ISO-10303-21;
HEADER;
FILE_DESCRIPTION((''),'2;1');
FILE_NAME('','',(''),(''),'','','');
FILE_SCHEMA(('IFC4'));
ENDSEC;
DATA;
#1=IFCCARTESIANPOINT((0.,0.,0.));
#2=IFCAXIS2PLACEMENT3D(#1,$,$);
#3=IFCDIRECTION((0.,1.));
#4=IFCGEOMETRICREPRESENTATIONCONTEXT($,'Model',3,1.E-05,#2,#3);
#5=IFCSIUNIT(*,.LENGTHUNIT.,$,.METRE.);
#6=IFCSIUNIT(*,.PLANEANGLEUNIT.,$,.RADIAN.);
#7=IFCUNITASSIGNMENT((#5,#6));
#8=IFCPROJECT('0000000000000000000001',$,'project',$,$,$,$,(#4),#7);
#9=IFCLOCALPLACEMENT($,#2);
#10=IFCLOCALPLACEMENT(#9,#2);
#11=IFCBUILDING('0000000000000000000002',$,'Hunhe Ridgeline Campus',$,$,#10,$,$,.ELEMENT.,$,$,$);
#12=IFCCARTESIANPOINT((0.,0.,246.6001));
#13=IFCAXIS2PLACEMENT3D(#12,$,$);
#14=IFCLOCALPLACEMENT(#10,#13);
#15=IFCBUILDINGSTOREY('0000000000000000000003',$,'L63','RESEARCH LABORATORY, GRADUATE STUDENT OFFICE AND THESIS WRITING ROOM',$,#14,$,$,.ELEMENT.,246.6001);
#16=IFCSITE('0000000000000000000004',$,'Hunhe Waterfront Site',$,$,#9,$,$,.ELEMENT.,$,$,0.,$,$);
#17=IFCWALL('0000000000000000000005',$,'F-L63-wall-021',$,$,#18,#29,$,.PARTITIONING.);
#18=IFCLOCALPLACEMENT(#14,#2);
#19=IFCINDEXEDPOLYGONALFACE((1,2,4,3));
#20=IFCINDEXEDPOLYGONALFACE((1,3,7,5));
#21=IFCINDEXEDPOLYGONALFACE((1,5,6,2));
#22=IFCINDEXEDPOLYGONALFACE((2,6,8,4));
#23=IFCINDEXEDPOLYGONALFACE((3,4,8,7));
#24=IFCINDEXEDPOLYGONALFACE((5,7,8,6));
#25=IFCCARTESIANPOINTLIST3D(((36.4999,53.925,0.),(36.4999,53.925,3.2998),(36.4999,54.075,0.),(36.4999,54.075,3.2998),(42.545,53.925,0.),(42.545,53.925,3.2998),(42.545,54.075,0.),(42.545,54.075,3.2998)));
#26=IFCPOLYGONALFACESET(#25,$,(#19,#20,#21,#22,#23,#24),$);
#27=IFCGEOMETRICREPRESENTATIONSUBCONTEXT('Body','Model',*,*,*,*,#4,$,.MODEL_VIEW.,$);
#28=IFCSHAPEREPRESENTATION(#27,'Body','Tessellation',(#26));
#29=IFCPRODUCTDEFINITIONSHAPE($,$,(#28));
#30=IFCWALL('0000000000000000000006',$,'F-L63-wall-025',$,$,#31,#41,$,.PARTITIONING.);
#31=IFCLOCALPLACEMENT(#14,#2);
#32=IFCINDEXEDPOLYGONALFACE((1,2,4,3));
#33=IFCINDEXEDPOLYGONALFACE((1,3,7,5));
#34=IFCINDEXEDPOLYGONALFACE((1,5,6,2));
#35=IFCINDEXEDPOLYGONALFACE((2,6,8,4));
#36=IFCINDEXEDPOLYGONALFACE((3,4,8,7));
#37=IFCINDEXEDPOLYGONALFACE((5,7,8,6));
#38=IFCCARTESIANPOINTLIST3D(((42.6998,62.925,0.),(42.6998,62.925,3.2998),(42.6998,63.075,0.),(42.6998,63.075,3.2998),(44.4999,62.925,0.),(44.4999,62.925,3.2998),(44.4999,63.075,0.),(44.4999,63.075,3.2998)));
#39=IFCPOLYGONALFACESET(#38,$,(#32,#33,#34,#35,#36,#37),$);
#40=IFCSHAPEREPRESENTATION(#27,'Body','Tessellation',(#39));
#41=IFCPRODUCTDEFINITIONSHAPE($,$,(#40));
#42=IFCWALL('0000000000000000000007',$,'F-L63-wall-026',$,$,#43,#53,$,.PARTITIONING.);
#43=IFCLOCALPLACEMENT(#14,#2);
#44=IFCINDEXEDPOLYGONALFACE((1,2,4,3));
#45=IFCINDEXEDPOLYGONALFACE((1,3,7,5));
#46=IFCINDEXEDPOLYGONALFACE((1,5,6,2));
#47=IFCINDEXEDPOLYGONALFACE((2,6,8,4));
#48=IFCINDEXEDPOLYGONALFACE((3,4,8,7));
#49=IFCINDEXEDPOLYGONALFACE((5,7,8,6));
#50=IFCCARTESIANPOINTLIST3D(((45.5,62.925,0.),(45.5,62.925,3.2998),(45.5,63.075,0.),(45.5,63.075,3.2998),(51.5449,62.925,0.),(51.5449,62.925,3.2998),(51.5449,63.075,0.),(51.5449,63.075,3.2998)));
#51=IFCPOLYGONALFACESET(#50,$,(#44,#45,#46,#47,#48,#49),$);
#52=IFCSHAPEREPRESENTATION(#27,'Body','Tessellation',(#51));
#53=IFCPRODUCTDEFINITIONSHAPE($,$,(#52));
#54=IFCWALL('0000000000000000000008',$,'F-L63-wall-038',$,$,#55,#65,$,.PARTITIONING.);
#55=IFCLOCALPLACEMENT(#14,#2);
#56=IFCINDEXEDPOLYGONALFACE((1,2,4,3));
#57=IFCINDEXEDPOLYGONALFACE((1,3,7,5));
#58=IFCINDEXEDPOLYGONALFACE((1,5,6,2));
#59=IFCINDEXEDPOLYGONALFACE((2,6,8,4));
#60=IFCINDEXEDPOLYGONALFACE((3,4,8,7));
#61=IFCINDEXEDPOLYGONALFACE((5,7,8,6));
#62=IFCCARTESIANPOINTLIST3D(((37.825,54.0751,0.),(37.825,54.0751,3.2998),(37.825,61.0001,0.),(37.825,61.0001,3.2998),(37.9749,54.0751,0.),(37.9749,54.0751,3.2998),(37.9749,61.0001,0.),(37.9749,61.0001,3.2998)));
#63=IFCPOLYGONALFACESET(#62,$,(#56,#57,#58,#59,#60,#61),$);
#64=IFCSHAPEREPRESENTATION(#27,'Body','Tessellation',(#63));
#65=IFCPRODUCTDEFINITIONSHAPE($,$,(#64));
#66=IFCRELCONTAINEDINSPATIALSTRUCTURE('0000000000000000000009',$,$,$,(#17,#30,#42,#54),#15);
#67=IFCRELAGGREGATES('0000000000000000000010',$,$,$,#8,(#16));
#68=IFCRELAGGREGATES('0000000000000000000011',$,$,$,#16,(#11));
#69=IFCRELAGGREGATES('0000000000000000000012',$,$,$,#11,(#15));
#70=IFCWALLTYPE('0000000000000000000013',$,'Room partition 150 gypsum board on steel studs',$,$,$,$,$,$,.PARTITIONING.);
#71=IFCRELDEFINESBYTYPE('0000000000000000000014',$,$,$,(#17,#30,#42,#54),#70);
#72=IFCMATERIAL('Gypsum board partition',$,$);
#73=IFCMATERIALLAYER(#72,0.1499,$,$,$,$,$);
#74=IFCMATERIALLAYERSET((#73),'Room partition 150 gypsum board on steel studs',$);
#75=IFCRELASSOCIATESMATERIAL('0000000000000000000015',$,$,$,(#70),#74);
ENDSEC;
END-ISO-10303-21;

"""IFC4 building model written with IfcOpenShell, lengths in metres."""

from ifc_helpers import new_model, si_unit, direction, frame, frame_2d, origin, place, context, subcontext, project, spatial, rectangle, extrude, material, layer, layer_set, type_object, element, save


model = new_model("IFC4")

# Units and contexts
model_context = context("Model", 3, precision=1e-05, world=origin(), true_north=direction((0.0, 1.0)))
body_context = subcontext(model_context, "Body", "Model", "MODEL_VIEW")
ifc_project = project(units=[si_unit("LENGTHUNIT", "METRE"), si_unit("PLANEANGLEUNIT", "RADIAN")], contexts=[model_context])

# Site, building, storey
site_placement = place(None, origin())
site = spatial("IfcSite", under=ifc_project, at=site_placement, Name="Hunhe Waterfront Site", CompositionType="ELEMENT", RefElevation=0.0)
building_placement = place(site_placement, origin())
building = spatial("IfcBuilding", under=site, at=building_placement, Name="Hunhe Ridgeline Campus", CompositionType="ELEMENT")
storey_placement = place(building_placement, frame((0.0, 0.0, 246.6001)))
storey = spatial("IfcBuildingStorey", under=building, at=storey_placement, Name="L63", Description="RESEARCH LABORATORY, GRADUATE STUDENT OFFICE AND THESIS WRITING ROOM", CompositionType="ELEMENT", Elevation=246.6001)

# Shared definitions
ifc_material_1 = material(Name="Gypsum board partition")

# Walls
ifc_layer_1 = layer(ifc_material_1, 0.1499)
ifc_layer_set_1 = layer_set([ifc_layer_1], Name="Room partition 150 gypsum board on steel studs")
wall_type_1 = type_object("IfcWallType", Name="Room partition 150 gypsum board on steel studs", PredefinedType="PARTITIONING", material=ifc_layer_set_1)
wall_1_placement = place(storey_placement, frame((36.5, 54.0, 0.0), z_axis=(0.0, 0.0, 1.0), x_axis=(1.0, 0.0, 0.0)))
element("IfcWall", 1, at=wall_1_placement, inside=storey, type_object=wall_type_1, Name="F-L63-wall-021", PredefinedType="PARTITIONING", context=body_context, shape_type="SweptSolid", body=[
    extrude(rectangle(XDim=6.0452, YDim=0.1499, at=frame_2d((3.0225, 0.0))), origin(), (0.0, 0.0, 1.0), 3.2998),
])
wall_2_placement = place(storey_placement, frame((42.7, 63.0, 0.0), z_axis=(0.0, 0.0, 1.0), x_axis=(1.0, 0.0, 0.0)))
element("IfcWall", 2, at=wall_2_placement, inside=storey, type_object=wall_type_1, Name="F-L63-wall-025", PredefinedType="PARTITIONING", context=body_context, shape_type="SweptSolid", body=[
    extrude(rectangle(XDim=1.8, YDim=0.1499, at=frame_2d((0.8999, 0.0))), origin(), (0.0, 0.0, 1.0), 3.2998),
])
wall_3_placement = place(storey_placement, frame((45.5, 63.0, 0.0), z_axis=(0.0, 0.0, 1.0), x_axis=(1.0, 0.0, 0.0)))
element("IfcWall", 3, at=wall_3_placement, inside=storey, type_object=wall_type_1, Name="F-L63-wall-026", PredefinedType="PARTITIONING", context=body_context, shape_type="SweptSolid", body=[
    extrude(rectangle(XDim=6.0449, YDim=0.1499, at=frame_2d((3.0225, 0.0))), origin(), (0.0, 0.0, 1.0), 3.2998),
])
wall_4_placement = place(storey_placement, frame((37.8999, 61.0, 0.0), z_axis=(0.0, 0.0, 1.0), x_axis=(0.0, -1.0, 0.0)))
element("IfcWall", 4, at=wall_4_placement, inside=storey, type_object=wall_type_1, Name="F-L63-wall-038", PredefinedType="PARTITIONING", context=body_context, shape_type="SweptSolid", body=[
    extrude(rectangle(XDim=6.925, YDim=0.1499, at=frame_2d((3.4624, 0.0))), origin(), (0.0, 0.0, 1.0), 3.2998),
])

save(model, "model.ifc")
